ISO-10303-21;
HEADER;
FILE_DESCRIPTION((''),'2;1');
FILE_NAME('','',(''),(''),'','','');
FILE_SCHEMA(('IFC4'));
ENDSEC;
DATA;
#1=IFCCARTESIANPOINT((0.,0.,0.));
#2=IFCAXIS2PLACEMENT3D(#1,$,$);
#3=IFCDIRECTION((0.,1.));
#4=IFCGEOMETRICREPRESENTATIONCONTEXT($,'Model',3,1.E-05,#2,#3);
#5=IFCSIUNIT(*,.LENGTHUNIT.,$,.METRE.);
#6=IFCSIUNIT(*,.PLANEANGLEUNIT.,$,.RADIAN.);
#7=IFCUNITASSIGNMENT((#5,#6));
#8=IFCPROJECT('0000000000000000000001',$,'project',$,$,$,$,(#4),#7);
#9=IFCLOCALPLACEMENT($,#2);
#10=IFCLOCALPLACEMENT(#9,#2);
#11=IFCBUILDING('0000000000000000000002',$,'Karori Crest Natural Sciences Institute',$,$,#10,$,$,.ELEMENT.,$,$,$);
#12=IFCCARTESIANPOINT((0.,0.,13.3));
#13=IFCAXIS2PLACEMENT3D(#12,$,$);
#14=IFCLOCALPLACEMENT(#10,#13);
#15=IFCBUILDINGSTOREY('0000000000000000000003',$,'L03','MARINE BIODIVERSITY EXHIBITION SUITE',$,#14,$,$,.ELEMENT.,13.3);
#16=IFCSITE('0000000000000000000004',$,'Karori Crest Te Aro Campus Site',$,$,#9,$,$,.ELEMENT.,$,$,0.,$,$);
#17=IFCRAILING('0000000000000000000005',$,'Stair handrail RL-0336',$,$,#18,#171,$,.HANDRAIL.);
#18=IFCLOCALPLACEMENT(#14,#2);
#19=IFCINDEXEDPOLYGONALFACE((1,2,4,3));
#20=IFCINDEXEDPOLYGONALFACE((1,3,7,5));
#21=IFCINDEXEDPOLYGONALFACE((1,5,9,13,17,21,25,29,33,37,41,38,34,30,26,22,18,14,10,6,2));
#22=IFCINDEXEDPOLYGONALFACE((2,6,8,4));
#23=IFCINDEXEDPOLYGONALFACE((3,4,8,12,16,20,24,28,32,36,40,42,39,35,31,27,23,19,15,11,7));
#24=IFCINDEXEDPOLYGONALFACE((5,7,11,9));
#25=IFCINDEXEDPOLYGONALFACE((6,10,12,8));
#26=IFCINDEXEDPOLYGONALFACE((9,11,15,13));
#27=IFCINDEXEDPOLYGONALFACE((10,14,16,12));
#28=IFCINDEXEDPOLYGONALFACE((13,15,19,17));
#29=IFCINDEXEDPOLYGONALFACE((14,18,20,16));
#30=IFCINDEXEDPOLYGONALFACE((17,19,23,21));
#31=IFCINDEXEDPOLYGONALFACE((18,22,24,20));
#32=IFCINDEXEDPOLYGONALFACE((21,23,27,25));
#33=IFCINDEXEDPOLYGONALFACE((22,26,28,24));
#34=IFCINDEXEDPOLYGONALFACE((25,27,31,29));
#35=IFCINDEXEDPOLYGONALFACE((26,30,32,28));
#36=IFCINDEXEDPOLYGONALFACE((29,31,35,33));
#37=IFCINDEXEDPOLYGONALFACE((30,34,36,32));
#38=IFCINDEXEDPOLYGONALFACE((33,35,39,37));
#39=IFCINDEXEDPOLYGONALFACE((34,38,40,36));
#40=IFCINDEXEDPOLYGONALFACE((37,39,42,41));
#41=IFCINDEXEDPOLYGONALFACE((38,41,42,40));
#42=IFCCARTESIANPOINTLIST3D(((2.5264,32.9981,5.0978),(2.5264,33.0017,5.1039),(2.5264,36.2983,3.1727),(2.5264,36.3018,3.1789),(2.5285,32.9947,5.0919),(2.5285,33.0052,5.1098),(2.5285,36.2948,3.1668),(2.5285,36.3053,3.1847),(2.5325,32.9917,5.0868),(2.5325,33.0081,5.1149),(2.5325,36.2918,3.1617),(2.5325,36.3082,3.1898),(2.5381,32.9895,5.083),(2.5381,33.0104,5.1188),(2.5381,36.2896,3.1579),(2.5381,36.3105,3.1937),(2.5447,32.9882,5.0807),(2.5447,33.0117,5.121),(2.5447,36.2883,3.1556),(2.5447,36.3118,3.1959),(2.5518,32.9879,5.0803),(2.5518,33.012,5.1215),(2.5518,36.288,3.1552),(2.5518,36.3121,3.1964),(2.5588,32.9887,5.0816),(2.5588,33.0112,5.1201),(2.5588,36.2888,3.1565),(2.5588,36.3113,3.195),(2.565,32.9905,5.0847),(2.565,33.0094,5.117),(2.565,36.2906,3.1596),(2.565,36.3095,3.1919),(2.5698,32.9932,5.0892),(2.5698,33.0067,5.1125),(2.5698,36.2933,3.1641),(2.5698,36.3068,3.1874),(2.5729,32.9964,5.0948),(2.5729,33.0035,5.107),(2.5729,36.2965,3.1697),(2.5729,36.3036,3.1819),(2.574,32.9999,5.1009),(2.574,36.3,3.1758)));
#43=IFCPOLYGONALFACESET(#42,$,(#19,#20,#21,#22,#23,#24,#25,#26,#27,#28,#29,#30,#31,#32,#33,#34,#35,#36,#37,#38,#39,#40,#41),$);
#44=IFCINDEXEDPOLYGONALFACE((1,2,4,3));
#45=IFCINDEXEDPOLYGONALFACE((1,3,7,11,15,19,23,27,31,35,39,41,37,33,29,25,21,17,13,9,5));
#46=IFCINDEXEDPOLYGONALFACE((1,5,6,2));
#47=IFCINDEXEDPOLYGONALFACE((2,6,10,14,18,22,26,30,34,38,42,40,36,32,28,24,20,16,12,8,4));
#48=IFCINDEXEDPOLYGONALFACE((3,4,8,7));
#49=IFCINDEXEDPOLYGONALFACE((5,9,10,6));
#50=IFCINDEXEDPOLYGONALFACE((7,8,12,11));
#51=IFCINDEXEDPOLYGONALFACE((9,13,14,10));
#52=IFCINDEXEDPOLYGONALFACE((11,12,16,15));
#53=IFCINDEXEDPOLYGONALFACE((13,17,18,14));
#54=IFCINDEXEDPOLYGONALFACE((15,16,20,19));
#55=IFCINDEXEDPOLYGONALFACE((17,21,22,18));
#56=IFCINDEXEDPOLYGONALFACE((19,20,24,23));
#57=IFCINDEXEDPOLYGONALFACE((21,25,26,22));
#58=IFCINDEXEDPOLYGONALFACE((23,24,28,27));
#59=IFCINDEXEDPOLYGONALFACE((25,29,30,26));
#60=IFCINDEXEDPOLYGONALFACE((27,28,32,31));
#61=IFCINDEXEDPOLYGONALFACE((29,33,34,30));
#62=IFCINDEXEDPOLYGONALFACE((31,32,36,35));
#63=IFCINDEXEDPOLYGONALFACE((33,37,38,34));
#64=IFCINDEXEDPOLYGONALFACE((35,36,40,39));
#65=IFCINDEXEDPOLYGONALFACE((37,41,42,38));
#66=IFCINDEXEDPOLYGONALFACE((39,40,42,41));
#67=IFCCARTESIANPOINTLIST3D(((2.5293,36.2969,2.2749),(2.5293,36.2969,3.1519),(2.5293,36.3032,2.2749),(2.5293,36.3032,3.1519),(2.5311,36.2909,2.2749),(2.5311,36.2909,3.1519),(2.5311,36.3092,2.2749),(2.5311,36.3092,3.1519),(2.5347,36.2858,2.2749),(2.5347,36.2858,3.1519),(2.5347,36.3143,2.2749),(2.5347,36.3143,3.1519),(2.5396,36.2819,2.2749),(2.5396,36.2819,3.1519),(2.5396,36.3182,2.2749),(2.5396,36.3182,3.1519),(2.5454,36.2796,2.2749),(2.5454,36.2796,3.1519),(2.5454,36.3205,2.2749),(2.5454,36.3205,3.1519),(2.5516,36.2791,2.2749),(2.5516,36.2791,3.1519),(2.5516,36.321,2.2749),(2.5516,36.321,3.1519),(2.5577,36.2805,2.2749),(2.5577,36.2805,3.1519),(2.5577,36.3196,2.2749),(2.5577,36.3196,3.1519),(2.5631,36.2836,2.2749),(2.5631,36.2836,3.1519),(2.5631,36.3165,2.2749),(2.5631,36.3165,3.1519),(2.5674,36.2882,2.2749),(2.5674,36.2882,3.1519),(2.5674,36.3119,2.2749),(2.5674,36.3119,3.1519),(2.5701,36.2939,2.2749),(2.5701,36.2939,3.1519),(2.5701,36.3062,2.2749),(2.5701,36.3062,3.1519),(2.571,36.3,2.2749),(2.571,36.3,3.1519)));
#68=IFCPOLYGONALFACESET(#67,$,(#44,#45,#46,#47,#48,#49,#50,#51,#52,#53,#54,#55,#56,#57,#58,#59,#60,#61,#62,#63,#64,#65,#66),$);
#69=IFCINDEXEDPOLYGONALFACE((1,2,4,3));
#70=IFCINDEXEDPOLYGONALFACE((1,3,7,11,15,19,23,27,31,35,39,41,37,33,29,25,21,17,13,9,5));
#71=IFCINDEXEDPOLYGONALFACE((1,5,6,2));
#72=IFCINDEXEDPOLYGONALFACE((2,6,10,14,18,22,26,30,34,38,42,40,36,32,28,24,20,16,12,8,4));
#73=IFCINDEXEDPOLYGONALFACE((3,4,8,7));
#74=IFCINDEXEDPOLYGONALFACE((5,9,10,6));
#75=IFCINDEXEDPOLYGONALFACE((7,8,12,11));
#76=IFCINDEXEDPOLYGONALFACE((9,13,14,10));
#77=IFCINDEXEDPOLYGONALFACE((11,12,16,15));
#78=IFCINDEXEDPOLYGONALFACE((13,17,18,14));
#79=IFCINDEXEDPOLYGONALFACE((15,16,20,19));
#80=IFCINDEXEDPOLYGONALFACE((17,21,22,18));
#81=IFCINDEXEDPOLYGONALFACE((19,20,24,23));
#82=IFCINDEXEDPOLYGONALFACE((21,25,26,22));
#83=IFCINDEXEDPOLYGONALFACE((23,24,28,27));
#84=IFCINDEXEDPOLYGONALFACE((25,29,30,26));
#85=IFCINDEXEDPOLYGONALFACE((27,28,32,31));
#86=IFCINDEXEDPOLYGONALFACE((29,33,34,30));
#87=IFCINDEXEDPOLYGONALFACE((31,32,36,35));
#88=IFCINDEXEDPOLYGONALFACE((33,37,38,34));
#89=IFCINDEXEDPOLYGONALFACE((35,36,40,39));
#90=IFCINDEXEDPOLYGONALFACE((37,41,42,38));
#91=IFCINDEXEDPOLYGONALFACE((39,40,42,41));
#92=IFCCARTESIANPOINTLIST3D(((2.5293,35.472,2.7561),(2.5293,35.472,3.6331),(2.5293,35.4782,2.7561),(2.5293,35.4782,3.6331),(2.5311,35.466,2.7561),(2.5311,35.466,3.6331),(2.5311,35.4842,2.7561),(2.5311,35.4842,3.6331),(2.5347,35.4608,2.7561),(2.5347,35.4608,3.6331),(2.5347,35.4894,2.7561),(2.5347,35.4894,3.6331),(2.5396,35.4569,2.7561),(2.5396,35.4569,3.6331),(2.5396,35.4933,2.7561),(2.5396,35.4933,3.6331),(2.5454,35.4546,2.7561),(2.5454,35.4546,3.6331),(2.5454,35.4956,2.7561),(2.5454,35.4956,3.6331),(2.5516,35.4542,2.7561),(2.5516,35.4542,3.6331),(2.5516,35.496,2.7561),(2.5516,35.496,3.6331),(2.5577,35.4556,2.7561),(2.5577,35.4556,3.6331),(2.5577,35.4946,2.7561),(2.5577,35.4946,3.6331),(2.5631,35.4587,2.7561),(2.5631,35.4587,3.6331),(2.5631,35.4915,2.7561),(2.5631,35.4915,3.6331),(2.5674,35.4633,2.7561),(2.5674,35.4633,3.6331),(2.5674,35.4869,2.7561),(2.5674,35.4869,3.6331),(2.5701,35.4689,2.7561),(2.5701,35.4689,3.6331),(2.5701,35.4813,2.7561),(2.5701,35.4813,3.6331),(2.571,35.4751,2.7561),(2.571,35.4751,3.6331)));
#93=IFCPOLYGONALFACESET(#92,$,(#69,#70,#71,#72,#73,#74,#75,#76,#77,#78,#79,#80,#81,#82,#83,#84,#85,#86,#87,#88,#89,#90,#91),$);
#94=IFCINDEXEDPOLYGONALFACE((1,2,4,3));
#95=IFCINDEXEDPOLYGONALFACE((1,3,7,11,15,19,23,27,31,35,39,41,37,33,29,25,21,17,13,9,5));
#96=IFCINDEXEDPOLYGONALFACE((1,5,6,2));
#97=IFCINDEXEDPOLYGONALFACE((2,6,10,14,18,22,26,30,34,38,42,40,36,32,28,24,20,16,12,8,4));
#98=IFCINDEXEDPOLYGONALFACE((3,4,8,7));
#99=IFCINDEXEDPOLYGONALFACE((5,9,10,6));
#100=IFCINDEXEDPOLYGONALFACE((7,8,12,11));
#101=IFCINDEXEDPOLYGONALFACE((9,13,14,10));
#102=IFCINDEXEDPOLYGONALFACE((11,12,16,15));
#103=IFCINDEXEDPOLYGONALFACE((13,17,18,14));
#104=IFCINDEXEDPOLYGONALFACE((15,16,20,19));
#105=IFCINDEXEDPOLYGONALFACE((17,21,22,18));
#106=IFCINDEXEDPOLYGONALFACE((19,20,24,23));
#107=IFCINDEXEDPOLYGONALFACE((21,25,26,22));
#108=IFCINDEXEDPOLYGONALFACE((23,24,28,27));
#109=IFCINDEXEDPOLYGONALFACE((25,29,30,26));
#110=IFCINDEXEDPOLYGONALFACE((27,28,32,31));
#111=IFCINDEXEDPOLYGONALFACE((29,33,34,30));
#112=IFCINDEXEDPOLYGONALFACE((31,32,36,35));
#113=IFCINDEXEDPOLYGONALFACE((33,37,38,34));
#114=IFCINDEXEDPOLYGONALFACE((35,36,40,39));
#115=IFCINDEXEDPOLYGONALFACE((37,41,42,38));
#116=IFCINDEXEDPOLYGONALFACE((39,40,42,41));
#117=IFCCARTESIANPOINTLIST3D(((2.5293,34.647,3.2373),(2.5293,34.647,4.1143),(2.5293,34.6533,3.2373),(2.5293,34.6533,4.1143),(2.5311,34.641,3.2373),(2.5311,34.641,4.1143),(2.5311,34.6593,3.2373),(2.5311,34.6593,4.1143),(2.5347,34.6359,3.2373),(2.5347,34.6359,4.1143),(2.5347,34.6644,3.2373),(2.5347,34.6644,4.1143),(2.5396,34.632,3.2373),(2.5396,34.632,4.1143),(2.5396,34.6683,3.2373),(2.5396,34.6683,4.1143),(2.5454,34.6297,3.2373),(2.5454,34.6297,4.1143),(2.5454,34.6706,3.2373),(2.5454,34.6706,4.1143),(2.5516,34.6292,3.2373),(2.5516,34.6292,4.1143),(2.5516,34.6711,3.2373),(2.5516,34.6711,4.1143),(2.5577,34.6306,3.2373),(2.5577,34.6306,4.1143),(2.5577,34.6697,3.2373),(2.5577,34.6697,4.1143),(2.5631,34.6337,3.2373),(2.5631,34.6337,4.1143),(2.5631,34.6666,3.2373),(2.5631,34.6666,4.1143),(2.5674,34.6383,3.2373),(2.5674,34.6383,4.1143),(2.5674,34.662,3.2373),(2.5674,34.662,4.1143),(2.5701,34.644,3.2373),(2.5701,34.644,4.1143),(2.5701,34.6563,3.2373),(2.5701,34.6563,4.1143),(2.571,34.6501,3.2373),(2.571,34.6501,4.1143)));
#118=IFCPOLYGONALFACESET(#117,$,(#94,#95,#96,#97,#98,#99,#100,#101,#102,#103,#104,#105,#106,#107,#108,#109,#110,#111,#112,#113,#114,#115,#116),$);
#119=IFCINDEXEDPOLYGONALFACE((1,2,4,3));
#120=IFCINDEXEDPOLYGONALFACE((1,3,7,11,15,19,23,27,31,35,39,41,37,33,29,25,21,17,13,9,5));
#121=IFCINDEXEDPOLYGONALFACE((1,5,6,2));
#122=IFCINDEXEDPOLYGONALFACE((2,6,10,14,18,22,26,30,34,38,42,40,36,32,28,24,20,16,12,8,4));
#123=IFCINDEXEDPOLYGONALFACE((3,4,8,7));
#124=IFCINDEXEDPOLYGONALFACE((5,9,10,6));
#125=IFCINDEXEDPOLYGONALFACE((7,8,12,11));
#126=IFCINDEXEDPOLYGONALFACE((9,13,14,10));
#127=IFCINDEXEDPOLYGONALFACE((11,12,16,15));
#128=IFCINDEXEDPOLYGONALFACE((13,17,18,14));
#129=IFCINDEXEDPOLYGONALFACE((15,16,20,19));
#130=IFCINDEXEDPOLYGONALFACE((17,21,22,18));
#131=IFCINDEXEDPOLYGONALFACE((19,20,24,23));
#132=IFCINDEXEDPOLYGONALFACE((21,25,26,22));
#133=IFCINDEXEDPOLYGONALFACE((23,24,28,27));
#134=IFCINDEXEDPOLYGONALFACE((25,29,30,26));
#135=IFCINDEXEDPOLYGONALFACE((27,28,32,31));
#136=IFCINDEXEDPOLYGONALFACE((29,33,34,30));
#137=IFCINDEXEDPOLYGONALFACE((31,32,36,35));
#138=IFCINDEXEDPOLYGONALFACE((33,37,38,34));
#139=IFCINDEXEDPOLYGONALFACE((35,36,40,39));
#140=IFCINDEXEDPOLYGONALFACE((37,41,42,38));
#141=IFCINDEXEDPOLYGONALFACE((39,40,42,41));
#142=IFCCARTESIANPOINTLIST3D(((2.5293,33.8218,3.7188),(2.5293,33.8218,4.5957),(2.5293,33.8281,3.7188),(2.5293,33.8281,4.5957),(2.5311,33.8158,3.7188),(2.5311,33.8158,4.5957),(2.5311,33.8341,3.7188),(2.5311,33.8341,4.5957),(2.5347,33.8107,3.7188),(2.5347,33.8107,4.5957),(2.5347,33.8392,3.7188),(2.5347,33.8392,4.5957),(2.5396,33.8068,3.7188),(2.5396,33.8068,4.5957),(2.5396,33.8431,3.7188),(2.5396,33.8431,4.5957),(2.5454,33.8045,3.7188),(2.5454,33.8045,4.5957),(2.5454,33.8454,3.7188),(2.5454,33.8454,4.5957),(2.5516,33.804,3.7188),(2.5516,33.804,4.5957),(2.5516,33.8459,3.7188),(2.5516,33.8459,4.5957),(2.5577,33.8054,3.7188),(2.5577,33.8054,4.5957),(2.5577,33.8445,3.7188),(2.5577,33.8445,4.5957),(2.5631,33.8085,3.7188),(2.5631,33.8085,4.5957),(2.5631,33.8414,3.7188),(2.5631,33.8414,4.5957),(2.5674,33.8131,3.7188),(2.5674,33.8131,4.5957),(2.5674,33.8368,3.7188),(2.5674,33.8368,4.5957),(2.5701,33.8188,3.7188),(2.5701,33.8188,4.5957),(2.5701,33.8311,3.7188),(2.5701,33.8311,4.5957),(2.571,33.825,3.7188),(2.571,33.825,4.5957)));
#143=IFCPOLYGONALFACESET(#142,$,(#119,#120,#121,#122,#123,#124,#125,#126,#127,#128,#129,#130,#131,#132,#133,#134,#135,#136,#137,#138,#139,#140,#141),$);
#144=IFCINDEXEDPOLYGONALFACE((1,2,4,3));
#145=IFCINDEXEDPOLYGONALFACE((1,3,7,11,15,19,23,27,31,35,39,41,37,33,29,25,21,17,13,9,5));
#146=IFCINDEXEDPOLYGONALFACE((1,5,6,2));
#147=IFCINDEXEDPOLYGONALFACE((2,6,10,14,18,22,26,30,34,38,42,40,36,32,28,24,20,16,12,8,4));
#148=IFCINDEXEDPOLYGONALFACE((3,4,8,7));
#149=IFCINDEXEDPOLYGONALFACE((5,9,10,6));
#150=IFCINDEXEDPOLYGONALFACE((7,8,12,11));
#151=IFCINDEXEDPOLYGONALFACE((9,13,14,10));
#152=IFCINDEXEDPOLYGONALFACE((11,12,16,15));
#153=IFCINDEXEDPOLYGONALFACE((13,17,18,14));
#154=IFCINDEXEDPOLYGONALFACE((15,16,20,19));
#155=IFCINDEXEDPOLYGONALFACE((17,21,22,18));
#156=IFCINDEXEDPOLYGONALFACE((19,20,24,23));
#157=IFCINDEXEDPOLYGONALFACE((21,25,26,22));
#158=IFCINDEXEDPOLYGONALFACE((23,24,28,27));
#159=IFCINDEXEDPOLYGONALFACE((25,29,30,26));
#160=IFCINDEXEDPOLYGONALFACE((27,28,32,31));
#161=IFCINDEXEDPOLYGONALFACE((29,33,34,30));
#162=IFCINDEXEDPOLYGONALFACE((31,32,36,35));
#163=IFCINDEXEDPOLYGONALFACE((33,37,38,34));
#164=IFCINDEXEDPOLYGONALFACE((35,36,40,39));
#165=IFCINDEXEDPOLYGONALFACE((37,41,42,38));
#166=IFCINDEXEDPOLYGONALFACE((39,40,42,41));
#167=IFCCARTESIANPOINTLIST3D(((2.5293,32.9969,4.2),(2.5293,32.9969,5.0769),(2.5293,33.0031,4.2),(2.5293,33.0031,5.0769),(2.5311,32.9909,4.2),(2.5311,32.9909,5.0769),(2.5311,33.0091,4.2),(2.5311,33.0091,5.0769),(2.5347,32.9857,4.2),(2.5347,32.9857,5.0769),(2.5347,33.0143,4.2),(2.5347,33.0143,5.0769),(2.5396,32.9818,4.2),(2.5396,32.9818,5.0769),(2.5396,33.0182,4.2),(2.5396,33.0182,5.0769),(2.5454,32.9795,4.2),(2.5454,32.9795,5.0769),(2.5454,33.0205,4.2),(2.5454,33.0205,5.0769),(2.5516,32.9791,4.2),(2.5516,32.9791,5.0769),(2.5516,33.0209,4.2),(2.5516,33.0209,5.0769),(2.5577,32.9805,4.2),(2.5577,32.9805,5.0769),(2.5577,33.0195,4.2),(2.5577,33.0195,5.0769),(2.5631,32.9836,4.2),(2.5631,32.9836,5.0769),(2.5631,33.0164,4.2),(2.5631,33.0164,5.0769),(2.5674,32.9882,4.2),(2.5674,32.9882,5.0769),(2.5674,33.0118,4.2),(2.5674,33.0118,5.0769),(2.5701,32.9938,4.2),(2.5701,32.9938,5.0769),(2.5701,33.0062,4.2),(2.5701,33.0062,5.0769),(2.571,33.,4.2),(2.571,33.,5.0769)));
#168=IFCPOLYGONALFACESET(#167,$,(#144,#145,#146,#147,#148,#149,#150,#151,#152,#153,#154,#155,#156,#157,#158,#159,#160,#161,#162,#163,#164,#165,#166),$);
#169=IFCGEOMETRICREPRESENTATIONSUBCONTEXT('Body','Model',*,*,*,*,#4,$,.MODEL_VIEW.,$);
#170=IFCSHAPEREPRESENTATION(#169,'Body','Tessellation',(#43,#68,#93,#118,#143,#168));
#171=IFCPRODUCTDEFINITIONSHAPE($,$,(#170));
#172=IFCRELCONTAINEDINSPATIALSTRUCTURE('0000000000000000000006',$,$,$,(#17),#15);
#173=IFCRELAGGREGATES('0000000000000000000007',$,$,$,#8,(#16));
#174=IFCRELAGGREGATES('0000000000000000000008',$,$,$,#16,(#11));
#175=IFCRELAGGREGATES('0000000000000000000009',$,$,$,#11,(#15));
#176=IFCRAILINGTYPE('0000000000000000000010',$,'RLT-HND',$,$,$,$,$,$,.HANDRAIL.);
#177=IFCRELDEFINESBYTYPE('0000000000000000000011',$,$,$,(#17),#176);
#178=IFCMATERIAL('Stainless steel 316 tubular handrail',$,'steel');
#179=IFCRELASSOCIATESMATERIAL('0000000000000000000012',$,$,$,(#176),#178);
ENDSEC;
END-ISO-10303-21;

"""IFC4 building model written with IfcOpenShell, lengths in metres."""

from ifc_helpers import new_model, si_unit, direction, frame, origin, origin_2d, place, context, subcontext, project, spatial, circle, extrude, material, type_object, element, save


model = new_model("IFC4")

# Units and contexts
model_context = context("Model", 3, precision=1e-05, world=origin(), true_north=direction((0.0, 1.0)))
body_context = subcontext(model_context, "Body", "Model", "MODEL_VIEW")
ifc_project = project(units=[si_unit("LENGTHUNIT", "METRE"), si_unit("PLANEANGLEUNIT", "RADIAN")], contexts=[model_context])

# Site, building, storey
site_placement = place(None, origin())
site = spatial("IfcSite", under=ifc_project, at=site_placement, Name="Karori Crest Te Aro Campus Site", CompositionType="ELEMENT", RefElevation=0.0)
building_placement = place(site_placement, origin())
building = spatial("IfcBuilding", under=site, at=building_placement, Name="Karori Crest Natural Sciences Institute", CompositionType="ELEMENT")
storey_placement = place(building_placement, frame((0.0, 0.0, 13.3)))
storey = spatial("IfcBuildingStorey", under=building, at=storey_placement, Name="L03", Description="MARINE BIODIVERSITY EXHIBITION SUITE", CompositionType="ELEMENT", Elevation=13.3)

# Railing
ifc_material_1 = material(Name="Stainless steel 316 tubular handrail", Category="steel")
railing_type_1 = type_object("IfcRailingType", Name="RLT-HND", PredefinedType="HANDRAIL", material=ifc_material_1)
railing_1_placement = place(storey_placement, frame((2.55, 36.3, 2.2749)))
element("IfcRailing", 1, at=railing_1_placement, inside=storey, type_object=railing_type_1, Name="Stair handrail RL-0336", PredefinedType="HANDRAIL", context=body_context, shape_type="SweptSolid", body=[
    extrude(circle(Radius=0.0239, at=origin_2d()), frame((0.0, 0.0, 0.9009), z_axis=(0.0, -0.863777, 0.503875), x_axis=(1.0, 0.0, 0.0)), (0.0, 0.0, 1.0), 3.8206),
    extrude(circle(Radius=0.021, at=origin_2d()), origin(), (0.0, 0.0, 1.0), 0.877),
    extrude(circle(Radius=0.021, at=origin_2d()), frame((0.0, -0.825, 0.4812)), (0.0, 0.0, 1.0), 0.877),
    extrude(circle(Radius=0.021, at=origin_2d()), frame((0.0, -1.6499, 0.9624)), (0.0, 0.0, 1.0), 0.877),
    extrude(circle(Radius=0.021, at=origin_2d()), frame((0.0, -2.4751, 1.4438)), (0.0, 0.0, 1.0), 0.877),
    extrude(circle(Radius=0.021, at=origin_2d()), frame((0.0, -3.3, 1.925)), (0.0, 0.0, 1.0), 0.877),
])

save(model, "model.ifc")
